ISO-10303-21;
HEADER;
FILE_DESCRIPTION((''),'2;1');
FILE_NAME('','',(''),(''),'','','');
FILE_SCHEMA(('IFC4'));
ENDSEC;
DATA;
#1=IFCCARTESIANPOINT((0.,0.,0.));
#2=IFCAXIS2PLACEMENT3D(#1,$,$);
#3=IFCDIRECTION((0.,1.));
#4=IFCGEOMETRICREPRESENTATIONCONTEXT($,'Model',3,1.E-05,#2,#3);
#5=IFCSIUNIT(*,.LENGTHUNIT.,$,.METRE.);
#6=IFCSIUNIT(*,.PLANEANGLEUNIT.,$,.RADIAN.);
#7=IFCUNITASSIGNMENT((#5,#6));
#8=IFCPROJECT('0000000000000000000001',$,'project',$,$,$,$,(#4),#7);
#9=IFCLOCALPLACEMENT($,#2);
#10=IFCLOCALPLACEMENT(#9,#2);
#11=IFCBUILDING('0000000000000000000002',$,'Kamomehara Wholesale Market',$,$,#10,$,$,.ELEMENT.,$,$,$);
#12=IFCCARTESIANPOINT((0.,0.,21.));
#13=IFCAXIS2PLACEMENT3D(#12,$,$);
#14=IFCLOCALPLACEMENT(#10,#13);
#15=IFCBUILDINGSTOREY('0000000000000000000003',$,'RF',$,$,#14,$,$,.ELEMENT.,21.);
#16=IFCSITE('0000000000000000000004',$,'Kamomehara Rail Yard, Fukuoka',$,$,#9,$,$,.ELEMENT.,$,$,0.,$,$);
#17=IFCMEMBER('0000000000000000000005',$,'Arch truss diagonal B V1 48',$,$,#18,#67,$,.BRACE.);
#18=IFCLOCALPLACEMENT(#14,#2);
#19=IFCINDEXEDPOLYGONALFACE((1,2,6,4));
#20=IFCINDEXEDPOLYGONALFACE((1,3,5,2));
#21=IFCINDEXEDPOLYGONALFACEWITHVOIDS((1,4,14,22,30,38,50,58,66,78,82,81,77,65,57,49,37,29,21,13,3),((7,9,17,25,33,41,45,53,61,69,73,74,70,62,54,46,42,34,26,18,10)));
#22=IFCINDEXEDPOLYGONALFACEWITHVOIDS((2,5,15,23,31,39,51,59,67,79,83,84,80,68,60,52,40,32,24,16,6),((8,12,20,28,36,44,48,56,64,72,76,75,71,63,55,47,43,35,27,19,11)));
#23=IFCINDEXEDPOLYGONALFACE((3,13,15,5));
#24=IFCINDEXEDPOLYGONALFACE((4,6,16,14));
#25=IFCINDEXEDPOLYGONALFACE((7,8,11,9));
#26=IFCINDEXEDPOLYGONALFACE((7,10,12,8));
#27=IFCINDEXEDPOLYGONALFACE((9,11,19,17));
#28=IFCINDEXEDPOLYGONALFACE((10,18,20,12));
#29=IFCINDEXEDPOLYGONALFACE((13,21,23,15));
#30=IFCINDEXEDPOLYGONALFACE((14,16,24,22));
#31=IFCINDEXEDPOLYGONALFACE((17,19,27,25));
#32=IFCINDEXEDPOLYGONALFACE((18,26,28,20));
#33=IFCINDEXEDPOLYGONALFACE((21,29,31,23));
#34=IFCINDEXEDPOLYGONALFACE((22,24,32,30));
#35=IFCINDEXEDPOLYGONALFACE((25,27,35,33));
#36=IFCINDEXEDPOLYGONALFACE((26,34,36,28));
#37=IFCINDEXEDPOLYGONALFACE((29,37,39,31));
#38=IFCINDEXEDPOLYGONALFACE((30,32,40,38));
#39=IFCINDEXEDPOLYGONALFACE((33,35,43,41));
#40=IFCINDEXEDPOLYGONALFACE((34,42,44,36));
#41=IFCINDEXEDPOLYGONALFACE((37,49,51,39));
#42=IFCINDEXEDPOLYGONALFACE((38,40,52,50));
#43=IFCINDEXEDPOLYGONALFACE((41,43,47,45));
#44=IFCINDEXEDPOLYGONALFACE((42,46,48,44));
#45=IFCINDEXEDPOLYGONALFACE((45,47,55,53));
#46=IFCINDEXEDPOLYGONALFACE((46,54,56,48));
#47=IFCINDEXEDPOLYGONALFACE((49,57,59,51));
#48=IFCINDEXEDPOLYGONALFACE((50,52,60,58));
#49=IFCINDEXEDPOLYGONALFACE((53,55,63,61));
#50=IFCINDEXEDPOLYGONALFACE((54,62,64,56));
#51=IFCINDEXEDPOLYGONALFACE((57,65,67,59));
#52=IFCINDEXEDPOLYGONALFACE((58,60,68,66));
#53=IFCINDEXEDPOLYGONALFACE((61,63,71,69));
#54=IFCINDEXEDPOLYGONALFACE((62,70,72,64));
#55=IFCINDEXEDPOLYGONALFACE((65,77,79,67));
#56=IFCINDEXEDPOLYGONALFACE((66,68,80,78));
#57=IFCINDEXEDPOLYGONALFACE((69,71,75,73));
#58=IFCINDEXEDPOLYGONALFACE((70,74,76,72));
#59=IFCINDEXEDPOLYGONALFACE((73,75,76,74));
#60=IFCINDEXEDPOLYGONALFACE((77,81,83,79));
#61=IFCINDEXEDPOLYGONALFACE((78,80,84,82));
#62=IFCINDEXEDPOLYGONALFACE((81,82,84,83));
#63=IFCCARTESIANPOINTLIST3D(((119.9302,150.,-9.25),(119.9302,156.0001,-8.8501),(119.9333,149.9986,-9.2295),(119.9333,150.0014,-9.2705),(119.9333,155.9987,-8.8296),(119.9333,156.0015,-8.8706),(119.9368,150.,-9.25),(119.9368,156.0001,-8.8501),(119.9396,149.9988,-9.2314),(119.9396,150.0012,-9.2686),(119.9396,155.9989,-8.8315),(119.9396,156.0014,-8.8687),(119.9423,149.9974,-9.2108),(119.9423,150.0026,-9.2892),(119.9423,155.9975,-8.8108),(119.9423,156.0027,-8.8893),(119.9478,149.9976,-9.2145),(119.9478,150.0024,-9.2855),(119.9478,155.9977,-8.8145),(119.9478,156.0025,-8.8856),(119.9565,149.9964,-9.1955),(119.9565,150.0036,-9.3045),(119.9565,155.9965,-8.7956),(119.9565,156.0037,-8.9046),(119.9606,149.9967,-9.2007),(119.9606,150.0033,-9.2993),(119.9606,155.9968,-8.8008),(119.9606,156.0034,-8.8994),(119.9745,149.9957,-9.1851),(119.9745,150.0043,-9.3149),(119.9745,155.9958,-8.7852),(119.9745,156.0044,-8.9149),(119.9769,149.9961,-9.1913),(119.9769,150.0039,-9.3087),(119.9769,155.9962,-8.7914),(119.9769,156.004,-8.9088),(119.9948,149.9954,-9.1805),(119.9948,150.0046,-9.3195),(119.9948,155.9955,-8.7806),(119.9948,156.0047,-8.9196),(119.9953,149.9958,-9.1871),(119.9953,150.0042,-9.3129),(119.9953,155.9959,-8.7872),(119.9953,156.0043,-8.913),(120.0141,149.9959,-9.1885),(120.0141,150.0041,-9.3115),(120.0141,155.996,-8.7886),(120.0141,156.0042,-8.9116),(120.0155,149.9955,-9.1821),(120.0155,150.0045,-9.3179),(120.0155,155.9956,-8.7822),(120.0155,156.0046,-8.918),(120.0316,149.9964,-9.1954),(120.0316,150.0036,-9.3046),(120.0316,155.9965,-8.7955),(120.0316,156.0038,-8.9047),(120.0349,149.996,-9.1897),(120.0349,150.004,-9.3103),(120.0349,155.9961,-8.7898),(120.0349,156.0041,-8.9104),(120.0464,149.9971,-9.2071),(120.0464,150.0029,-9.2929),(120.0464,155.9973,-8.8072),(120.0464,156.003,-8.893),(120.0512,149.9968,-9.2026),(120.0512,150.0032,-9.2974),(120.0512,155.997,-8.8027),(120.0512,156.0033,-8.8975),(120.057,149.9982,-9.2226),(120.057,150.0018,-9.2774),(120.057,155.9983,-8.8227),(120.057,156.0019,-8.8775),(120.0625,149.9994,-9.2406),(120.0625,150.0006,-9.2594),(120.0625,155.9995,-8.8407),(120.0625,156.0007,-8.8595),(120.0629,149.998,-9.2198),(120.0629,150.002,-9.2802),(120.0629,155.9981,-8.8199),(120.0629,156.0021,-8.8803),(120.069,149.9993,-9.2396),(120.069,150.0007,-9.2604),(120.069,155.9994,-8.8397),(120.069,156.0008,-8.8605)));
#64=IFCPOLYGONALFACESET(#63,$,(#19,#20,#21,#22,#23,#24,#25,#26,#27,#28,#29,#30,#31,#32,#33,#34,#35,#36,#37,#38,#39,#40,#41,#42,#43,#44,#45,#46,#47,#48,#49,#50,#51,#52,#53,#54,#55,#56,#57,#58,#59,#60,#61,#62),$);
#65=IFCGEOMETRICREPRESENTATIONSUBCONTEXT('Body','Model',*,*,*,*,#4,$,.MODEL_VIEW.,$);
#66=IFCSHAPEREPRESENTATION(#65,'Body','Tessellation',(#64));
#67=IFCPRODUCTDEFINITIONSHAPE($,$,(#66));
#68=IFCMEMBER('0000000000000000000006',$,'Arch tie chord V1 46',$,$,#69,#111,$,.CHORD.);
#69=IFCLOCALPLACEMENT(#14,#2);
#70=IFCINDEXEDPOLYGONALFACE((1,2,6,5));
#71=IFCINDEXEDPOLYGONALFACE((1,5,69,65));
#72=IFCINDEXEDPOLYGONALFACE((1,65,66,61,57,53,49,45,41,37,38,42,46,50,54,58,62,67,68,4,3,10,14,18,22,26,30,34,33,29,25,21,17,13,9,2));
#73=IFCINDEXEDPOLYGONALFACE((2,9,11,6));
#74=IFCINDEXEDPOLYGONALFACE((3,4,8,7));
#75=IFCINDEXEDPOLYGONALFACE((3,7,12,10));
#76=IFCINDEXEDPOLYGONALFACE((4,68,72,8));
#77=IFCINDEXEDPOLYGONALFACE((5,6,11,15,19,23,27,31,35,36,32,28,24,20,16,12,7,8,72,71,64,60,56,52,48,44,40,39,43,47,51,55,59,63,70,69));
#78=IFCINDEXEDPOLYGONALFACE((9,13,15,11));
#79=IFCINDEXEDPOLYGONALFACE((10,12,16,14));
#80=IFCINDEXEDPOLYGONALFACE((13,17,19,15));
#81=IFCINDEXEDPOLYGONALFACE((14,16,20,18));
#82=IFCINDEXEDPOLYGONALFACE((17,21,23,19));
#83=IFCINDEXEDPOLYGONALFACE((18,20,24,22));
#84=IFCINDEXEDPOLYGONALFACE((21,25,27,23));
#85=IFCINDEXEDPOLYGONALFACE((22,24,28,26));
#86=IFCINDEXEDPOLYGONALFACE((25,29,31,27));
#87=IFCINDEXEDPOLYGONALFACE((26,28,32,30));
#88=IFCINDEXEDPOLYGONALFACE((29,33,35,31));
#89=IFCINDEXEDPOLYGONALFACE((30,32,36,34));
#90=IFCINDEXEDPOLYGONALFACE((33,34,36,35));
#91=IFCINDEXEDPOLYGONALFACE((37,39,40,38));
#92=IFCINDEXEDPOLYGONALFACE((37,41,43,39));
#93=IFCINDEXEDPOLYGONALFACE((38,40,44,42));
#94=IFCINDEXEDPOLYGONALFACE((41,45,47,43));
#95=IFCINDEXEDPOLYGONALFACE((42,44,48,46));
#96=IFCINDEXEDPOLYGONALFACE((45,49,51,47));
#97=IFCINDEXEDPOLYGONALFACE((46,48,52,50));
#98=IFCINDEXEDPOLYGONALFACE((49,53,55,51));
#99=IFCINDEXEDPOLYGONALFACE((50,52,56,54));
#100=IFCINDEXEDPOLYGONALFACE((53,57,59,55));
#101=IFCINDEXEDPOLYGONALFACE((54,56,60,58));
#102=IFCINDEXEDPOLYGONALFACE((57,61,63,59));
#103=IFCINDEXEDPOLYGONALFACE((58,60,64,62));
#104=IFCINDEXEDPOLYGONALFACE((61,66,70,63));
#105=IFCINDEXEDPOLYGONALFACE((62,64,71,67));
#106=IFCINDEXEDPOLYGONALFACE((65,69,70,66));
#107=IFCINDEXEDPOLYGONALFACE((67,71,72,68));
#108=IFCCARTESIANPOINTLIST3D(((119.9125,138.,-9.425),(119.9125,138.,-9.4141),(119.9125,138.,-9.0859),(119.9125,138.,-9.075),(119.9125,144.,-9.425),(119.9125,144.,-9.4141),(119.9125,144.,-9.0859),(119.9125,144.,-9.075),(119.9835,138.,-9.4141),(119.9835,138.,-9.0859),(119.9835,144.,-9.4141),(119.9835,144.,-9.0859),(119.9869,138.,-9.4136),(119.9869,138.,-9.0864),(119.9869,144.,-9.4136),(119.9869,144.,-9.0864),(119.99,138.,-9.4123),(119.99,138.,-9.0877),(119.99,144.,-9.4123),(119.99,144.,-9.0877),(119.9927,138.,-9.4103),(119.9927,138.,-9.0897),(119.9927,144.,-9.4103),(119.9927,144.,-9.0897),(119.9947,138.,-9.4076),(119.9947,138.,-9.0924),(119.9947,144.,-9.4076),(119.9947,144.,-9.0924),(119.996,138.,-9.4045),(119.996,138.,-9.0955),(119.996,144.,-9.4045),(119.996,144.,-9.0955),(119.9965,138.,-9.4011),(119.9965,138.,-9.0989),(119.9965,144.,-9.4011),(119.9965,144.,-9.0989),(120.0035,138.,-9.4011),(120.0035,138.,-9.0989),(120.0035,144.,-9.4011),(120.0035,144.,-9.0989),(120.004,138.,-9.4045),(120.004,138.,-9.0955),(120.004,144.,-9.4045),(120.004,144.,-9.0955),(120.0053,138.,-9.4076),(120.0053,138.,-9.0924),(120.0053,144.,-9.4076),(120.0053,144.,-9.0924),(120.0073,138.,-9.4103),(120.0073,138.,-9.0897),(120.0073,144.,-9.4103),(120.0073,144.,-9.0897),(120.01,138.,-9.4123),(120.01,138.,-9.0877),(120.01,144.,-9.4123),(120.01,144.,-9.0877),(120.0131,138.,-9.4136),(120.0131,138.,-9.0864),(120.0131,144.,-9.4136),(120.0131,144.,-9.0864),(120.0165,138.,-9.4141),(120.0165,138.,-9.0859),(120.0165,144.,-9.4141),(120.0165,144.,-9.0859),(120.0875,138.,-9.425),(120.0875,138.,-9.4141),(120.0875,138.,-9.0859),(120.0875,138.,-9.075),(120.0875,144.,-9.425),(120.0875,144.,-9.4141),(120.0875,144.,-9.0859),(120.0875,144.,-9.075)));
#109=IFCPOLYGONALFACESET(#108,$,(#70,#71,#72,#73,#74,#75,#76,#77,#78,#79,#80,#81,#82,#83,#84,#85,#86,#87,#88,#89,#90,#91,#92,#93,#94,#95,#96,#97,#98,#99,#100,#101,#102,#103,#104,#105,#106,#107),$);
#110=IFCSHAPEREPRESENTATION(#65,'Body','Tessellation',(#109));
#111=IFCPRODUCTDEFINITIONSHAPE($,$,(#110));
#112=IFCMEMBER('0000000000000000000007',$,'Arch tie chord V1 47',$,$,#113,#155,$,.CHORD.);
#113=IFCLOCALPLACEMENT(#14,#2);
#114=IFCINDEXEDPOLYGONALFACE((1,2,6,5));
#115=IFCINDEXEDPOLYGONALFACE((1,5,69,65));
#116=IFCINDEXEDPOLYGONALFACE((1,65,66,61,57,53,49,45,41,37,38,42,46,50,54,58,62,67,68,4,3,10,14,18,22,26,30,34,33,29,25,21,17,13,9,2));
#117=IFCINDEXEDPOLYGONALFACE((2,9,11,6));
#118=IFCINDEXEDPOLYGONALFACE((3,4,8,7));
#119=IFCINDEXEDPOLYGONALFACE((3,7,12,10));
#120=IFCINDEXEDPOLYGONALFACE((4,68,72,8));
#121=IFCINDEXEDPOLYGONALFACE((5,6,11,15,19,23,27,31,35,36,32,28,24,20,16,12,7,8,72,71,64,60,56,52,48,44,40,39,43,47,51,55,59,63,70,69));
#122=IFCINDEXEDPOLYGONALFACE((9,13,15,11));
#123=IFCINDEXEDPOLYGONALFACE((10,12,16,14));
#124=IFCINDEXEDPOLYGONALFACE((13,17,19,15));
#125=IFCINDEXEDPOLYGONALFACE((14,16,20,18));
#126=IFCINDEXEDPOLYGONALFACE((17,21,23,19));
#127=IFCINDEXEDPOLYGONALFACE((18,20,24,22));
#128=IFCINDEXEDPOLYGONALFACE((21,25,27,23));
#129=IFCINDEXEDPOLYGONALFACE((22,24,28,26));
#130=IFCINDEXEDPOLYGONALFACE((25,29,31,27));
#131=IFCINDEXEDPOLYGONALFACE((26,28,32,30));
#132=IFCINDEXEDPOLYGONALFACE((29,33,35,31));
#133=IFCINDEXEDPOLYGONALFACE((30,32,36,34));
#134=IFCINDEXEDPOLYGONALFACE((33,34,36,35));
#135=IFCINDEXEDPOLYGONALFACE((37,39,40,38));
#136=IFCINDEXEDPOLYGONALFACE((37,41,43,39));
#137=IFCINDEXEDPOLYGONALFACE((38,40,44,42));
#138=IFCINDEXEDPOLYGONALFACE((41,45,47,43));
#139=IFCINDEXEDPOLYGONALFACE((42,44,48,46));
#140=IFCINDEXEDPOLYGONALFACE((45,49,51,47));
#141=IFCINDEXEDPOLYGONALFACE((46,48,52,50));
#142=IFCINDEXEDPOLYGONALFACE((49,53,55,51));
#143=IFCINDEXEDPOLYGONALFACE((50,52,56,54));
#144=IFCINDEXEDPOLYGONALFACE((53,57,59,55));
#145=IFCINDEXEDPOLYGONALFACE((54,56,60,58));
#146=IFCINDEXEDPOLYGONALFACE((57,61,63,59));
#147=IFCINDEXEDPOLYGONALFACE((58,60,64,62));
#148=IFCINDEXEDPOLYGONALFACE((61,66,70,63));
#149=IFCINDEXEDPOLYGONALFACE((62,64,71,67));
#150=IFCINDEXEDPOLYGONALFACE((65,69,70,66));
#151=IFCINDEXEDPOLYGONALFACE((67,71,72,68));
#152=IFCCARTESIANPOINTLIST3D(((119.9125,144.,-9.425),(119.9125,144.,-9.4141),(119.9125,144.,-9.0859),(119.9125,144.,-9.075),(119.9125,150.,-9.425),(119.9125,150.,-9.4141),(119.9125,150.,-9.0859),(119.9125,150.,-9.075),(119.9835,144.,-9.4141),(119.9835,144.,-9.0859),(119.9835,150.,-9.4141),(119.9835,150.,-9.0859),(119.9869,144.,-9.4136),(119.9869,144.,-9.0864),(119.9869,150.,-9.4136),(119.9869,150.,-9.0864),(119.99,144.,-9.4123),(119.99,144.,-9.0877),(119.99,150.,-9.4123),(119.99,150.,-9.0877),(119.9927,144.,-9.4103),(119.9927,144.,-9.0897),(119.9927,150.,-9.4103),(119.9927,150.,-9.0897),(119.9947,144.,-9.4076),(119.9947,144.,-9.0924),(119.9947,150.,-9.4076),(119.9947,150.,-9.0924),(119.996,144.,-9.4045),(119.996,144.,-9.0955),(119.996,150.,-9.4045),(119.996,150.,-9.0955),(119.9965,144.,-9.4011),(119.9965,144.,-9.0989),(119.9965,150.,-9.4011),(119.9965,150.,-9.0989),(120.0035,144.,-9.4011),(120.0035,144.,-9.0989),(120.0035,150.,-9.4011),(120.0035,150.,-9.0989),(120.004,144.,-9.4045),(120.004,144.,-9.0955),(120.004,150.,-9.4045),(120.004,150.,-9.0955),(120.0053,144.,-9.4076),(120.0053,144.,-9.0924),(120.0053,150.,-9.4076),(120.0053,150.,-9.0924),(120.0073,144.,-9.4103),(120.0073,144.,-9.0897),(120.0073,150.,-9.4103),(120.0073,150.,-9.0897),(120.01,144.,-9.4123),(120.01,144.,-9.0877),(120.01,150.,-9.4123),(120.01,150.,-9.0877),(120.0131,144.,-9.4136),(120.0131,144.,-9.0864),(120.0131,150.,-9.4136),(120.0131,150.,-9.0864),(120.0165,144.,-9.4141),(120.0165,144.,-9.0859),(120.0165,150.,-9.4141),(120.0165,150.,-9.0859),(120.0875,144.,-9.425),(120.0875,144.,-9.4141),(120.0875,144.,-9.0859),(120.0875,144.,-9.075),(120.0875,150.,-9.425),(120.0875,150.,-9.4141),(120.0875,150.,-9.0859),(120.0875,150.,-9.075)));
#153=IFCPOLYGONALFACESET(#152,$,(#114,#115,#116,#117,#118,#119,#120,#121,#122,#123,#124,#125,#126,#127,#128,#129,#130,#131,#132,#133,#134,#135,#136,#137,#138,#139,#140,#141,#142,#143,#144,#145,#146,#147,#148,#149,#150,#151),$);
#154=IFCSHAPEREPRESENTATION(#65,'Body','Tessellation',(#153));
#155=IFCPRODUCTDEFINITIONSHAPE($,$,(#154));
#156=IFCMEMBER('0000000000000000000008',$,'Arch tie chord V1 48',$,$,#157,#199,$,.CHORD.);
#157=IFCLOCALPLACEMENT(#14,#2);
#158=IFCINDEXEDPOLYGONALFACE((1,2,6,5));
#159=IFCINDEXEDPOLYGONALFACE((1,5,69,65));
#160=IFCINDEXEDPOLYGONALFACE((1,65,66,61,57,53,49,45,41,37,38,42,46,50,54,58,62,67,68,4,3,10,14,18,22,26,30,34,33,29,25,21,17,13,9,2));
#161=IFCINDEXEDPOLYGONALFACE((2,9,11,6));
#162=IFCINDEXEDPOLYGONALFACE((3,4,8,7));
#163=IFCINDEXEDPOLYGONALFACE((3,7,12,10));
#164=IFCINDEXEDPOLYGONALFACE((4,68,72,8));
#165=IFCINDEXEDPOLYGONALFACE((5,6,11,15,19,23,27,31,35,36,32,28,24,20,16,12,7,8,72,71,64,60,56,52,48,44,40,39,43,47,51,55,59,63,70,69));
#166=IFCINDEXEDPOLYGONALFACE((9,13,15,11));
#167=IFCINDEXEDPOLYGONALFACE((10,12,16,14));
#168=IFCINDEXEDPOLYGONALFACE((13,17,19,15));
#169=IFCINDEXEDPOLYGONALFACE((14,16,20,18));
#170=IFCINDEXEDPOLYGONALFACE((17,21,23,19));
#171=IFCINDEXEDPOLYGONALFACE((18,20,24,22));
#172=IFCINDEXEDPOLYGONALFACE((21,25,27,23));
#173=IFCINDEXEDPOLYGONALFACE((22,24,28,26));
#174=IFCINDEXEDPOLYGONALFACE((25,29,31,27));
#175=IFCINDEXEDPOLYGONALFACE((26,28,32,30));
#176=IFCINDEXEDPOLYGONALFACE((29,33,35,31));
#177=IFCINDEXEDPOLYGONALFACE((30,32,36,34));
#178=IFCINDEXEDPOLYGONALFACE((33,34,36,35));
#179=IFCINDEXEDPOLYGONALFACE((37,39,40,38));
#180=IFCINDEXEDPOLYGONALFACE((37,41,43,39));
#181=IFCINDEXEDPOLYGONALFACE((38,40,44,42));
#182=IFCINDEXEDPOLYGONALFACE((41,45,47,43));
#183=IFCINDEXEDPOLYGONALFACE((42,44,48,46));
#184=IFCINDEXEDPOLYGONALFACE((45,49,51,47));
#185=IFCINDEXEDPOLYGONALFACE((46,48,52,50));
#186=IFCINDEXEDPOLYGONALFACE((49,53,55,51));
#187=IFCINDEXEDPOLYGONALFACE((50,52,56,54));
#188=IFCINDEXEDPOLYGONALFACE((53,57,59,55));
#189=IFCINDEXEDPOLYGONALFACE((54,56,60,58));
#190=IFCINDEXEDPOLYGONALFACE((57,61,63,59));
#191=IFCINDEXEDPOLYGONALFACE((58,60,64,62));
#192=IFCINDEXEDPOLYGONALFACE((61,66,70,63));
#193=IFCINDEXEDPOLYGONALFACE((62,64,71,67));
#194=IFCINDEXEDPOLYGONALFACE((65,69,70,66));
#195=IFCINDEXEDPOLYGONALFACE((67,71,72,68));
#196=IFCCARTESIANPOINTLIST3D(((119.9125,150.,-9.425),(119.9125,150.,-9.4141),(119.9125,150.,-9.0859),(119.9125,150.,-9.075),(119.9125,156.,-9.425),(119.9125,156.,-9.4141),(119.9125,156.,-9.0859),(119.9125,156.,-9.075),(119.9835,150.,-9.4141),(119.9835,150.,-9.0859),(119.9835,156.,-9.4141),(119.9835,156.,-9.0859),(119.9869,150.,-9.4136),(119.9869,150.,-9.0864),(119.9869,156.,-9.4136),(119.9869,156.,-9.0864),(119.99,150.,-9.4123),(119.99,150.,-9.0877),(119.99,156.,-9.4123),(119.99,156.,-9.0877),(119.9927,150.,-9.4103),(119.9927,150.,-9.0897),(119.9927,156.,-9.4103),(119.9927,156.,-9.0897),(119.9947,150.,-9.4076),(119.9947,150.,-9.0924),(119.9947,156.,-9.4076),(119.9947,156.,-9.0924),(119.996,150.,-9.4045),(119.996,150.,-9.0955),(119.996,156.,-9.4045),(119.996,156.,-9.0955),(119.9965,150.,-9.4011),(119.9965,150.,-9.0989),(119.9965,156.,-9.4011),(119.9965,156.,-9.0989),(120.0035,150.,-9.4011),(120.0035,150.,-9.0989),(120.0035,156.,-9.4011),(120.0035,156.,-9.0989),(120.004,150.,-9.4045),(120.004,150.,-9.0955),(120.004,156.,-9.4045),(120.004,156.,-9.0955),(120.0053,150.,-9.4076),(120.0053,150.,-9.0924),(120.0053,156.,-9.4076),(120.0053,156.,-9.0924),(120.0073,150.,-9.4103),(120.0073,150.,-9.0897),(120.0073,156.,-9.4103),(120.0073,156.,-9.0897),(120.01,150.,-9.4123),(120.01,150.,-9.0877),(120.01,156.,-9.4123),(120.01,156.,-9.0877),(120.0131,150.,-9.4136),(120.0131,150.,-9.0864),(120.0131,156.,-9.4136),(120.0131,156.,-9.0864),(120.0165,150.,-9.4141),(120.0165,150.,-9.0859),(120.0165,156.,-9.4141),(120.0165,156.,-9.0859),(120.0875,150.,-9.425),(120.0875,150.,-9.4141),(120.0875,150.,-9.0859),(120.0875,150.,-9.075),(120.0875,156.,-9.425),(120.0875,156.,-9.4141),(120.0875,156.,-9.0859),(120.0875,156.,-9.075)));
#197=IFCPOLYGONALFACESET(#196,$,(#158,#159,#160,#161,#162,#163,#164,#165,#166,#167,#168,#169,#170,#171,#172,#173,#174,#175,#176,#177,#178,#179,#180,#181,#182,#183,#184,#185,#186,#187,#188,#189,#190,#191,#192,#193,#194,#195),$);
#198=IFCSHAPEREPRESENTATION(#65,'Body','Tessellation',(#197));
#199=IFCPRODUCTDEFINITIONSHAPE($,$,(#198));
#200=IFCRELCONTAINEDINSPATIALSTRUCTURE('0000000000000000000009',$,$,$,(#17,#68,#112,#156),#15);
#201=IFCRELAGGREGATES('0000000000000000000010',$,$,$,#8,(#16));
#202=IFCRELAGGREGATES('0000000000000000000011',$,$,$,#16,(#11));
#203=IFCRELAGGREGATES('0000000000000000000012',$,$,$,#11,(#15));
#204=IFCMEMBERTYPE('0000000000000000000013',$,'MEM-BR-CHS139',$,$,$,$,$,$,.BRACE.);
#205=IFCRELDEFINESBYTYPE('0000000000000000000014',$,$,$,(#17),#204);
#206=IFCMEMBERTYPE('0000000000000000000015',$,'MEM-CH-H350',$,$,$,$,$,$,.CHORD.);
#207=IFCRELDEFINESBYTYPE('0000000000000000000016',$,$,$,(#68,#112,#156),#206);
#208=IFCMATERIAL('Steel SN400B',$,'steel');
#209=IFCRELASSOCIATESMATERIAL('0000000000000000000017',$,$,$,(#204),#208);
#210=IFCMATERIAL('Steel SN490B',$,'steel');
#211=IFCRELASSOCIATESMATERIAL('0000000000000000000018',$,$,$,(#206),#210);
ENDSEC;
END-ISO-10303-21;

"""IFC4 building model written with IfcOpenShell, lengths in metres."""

from ifc_helpers import new_model, si_unit, direction, frame, origin, origin_2d, place, context, subcontext, project, spatial, hollow_circle, i_section, extrude, material, material_profile, profile_set, type_object, element, save


model = new_model("IFC4")

# Units and contexts
model_context = context("Model", 3, precision=1e-05, world=origin(), true_north=direction((0.0, 1.0)))
body_context = subcontext(model_context, "Body", "Model", "MODEL_VIEW")
ifc_project = project(units=[si_unit("LENGTHUNIT", "METRE"), si_unit("PLANEANGLEUNIT", "RADIAN")], contexts=[model_context])

# Site, building, storey
site_placement = place(None, origin())
site = spatial("IfcSite", under=ifc_project, at=site_placement, Name="Kamomehara Rail Yard, Fukuoka", CompositionType="ELEMENT", RefElevation=0.0)
building_placement = place(site_placement, origin())
building = spatial("IfcBuilding", under=site, at=building_placement, Name="Kamomehara Wholesale Market", CompositionType="ELEMENT")
storey_placement = place(building_placement, frame((0.0, 0.0, 21.0)))
storey = spatial("IfcBuildingStorey", under=building, at=storey_placement, Name="RF", CompositionType="ELEMENT", Elevation=21.0)

# Members
ifc_material_1 = material(Name="Steel SN400B", Category="steel")
ifc_material_profile_1 = material_profile(ifc_material_1, hollow_circle(Radius=0.0698, WallThickness=0.0066, at=origin_2d()), Name="CHS-139.8x6.6")
ifc_profile_set_1 = profile_set([ifc_material_profile_1], Name="Steel SN400B")
member_type_1 = type_object("IfcMemberType", Name="MEM-BR-CHS139", PredefinedType="BRACE", material=ifc_profile_set_1)
member_1_placement = place(storey_placement, frame((120.0, 150.0, -9.25), z_axis=(0.0, 0.997786, 0.066503), x_axis=(-1.0, 0.0, 0.0)))
element("IfcMember", 1, at=member_1_placement, inside=storey, type_object=member_type_1, Name="Arch truss diagonal B V1 48", PredefinedType="BRACE", context=body_context, shape_type="SweptSolid", body=[
    extrude(hollow_circle(Radius=0.0698, WallThickness=0.0066, at=origin_2d()), origin(), (0.0, 0.0, 1.0), 6.0134),
])
ifc_material_2 = material(Name="Steel SN490B", Category="steel")
ifc_material_profile_2 = material_profile(ifc_material_2, i_section(OverallWidth=0.175, OverallDepth=0.3501, WebThickness=0.0071, FlangeThickness=0.011, FilletRadius=0.0129, at=origin_2d()), Name="H-350x175x7x11")
ifc_profile_set_2 = profile_set([ifc_material_profile_2], Name="Steel SN490B")
member_type_2 = type_object("IfcMemberType", Name="MEM-CH-H350", PredefinedType="CHORD", material=ifc_profile_set_2)
for number, where, z_axis, x_axis, name in (
    (2, (120.0, 138.0, -9.25), (0.0, 1.0, 0.0), (-1.0, 0.0, 0.0), "Arch tie chord V1 46"),
    (3, (120.0, 144.0, -9.25), (0.0, 1.0, 0.0), (-1.0, 0.0, 0.0), "Arch tie chord V1 47"),
    (4, (120.0, 150.0, -9.25), (0.0, 1.0, 0.0), (-1.0, 0.0, 0.0), "Arch tie chord V1 48"),
):
    element("IfcMember", number, at=place(storey_placement, frame(where, z_axis=z_axis, x_axis=x_axis)), inside=storey, type_object=member_type_2, Name=name, PredefinedType="CHORD", context=body_context, shape_type="SweptSolid", body=[
        extrude(i_section(OverallWidth=0.175, OverallDepth=0.3501, WebThickness=0.0071, FlangeThickness=0.011, FilletRadius=0.0129, at=origin_2d()), origin(), (0.0, 0.0, 1.0), 6.0),
    ])

save(model, "model.ifc")
